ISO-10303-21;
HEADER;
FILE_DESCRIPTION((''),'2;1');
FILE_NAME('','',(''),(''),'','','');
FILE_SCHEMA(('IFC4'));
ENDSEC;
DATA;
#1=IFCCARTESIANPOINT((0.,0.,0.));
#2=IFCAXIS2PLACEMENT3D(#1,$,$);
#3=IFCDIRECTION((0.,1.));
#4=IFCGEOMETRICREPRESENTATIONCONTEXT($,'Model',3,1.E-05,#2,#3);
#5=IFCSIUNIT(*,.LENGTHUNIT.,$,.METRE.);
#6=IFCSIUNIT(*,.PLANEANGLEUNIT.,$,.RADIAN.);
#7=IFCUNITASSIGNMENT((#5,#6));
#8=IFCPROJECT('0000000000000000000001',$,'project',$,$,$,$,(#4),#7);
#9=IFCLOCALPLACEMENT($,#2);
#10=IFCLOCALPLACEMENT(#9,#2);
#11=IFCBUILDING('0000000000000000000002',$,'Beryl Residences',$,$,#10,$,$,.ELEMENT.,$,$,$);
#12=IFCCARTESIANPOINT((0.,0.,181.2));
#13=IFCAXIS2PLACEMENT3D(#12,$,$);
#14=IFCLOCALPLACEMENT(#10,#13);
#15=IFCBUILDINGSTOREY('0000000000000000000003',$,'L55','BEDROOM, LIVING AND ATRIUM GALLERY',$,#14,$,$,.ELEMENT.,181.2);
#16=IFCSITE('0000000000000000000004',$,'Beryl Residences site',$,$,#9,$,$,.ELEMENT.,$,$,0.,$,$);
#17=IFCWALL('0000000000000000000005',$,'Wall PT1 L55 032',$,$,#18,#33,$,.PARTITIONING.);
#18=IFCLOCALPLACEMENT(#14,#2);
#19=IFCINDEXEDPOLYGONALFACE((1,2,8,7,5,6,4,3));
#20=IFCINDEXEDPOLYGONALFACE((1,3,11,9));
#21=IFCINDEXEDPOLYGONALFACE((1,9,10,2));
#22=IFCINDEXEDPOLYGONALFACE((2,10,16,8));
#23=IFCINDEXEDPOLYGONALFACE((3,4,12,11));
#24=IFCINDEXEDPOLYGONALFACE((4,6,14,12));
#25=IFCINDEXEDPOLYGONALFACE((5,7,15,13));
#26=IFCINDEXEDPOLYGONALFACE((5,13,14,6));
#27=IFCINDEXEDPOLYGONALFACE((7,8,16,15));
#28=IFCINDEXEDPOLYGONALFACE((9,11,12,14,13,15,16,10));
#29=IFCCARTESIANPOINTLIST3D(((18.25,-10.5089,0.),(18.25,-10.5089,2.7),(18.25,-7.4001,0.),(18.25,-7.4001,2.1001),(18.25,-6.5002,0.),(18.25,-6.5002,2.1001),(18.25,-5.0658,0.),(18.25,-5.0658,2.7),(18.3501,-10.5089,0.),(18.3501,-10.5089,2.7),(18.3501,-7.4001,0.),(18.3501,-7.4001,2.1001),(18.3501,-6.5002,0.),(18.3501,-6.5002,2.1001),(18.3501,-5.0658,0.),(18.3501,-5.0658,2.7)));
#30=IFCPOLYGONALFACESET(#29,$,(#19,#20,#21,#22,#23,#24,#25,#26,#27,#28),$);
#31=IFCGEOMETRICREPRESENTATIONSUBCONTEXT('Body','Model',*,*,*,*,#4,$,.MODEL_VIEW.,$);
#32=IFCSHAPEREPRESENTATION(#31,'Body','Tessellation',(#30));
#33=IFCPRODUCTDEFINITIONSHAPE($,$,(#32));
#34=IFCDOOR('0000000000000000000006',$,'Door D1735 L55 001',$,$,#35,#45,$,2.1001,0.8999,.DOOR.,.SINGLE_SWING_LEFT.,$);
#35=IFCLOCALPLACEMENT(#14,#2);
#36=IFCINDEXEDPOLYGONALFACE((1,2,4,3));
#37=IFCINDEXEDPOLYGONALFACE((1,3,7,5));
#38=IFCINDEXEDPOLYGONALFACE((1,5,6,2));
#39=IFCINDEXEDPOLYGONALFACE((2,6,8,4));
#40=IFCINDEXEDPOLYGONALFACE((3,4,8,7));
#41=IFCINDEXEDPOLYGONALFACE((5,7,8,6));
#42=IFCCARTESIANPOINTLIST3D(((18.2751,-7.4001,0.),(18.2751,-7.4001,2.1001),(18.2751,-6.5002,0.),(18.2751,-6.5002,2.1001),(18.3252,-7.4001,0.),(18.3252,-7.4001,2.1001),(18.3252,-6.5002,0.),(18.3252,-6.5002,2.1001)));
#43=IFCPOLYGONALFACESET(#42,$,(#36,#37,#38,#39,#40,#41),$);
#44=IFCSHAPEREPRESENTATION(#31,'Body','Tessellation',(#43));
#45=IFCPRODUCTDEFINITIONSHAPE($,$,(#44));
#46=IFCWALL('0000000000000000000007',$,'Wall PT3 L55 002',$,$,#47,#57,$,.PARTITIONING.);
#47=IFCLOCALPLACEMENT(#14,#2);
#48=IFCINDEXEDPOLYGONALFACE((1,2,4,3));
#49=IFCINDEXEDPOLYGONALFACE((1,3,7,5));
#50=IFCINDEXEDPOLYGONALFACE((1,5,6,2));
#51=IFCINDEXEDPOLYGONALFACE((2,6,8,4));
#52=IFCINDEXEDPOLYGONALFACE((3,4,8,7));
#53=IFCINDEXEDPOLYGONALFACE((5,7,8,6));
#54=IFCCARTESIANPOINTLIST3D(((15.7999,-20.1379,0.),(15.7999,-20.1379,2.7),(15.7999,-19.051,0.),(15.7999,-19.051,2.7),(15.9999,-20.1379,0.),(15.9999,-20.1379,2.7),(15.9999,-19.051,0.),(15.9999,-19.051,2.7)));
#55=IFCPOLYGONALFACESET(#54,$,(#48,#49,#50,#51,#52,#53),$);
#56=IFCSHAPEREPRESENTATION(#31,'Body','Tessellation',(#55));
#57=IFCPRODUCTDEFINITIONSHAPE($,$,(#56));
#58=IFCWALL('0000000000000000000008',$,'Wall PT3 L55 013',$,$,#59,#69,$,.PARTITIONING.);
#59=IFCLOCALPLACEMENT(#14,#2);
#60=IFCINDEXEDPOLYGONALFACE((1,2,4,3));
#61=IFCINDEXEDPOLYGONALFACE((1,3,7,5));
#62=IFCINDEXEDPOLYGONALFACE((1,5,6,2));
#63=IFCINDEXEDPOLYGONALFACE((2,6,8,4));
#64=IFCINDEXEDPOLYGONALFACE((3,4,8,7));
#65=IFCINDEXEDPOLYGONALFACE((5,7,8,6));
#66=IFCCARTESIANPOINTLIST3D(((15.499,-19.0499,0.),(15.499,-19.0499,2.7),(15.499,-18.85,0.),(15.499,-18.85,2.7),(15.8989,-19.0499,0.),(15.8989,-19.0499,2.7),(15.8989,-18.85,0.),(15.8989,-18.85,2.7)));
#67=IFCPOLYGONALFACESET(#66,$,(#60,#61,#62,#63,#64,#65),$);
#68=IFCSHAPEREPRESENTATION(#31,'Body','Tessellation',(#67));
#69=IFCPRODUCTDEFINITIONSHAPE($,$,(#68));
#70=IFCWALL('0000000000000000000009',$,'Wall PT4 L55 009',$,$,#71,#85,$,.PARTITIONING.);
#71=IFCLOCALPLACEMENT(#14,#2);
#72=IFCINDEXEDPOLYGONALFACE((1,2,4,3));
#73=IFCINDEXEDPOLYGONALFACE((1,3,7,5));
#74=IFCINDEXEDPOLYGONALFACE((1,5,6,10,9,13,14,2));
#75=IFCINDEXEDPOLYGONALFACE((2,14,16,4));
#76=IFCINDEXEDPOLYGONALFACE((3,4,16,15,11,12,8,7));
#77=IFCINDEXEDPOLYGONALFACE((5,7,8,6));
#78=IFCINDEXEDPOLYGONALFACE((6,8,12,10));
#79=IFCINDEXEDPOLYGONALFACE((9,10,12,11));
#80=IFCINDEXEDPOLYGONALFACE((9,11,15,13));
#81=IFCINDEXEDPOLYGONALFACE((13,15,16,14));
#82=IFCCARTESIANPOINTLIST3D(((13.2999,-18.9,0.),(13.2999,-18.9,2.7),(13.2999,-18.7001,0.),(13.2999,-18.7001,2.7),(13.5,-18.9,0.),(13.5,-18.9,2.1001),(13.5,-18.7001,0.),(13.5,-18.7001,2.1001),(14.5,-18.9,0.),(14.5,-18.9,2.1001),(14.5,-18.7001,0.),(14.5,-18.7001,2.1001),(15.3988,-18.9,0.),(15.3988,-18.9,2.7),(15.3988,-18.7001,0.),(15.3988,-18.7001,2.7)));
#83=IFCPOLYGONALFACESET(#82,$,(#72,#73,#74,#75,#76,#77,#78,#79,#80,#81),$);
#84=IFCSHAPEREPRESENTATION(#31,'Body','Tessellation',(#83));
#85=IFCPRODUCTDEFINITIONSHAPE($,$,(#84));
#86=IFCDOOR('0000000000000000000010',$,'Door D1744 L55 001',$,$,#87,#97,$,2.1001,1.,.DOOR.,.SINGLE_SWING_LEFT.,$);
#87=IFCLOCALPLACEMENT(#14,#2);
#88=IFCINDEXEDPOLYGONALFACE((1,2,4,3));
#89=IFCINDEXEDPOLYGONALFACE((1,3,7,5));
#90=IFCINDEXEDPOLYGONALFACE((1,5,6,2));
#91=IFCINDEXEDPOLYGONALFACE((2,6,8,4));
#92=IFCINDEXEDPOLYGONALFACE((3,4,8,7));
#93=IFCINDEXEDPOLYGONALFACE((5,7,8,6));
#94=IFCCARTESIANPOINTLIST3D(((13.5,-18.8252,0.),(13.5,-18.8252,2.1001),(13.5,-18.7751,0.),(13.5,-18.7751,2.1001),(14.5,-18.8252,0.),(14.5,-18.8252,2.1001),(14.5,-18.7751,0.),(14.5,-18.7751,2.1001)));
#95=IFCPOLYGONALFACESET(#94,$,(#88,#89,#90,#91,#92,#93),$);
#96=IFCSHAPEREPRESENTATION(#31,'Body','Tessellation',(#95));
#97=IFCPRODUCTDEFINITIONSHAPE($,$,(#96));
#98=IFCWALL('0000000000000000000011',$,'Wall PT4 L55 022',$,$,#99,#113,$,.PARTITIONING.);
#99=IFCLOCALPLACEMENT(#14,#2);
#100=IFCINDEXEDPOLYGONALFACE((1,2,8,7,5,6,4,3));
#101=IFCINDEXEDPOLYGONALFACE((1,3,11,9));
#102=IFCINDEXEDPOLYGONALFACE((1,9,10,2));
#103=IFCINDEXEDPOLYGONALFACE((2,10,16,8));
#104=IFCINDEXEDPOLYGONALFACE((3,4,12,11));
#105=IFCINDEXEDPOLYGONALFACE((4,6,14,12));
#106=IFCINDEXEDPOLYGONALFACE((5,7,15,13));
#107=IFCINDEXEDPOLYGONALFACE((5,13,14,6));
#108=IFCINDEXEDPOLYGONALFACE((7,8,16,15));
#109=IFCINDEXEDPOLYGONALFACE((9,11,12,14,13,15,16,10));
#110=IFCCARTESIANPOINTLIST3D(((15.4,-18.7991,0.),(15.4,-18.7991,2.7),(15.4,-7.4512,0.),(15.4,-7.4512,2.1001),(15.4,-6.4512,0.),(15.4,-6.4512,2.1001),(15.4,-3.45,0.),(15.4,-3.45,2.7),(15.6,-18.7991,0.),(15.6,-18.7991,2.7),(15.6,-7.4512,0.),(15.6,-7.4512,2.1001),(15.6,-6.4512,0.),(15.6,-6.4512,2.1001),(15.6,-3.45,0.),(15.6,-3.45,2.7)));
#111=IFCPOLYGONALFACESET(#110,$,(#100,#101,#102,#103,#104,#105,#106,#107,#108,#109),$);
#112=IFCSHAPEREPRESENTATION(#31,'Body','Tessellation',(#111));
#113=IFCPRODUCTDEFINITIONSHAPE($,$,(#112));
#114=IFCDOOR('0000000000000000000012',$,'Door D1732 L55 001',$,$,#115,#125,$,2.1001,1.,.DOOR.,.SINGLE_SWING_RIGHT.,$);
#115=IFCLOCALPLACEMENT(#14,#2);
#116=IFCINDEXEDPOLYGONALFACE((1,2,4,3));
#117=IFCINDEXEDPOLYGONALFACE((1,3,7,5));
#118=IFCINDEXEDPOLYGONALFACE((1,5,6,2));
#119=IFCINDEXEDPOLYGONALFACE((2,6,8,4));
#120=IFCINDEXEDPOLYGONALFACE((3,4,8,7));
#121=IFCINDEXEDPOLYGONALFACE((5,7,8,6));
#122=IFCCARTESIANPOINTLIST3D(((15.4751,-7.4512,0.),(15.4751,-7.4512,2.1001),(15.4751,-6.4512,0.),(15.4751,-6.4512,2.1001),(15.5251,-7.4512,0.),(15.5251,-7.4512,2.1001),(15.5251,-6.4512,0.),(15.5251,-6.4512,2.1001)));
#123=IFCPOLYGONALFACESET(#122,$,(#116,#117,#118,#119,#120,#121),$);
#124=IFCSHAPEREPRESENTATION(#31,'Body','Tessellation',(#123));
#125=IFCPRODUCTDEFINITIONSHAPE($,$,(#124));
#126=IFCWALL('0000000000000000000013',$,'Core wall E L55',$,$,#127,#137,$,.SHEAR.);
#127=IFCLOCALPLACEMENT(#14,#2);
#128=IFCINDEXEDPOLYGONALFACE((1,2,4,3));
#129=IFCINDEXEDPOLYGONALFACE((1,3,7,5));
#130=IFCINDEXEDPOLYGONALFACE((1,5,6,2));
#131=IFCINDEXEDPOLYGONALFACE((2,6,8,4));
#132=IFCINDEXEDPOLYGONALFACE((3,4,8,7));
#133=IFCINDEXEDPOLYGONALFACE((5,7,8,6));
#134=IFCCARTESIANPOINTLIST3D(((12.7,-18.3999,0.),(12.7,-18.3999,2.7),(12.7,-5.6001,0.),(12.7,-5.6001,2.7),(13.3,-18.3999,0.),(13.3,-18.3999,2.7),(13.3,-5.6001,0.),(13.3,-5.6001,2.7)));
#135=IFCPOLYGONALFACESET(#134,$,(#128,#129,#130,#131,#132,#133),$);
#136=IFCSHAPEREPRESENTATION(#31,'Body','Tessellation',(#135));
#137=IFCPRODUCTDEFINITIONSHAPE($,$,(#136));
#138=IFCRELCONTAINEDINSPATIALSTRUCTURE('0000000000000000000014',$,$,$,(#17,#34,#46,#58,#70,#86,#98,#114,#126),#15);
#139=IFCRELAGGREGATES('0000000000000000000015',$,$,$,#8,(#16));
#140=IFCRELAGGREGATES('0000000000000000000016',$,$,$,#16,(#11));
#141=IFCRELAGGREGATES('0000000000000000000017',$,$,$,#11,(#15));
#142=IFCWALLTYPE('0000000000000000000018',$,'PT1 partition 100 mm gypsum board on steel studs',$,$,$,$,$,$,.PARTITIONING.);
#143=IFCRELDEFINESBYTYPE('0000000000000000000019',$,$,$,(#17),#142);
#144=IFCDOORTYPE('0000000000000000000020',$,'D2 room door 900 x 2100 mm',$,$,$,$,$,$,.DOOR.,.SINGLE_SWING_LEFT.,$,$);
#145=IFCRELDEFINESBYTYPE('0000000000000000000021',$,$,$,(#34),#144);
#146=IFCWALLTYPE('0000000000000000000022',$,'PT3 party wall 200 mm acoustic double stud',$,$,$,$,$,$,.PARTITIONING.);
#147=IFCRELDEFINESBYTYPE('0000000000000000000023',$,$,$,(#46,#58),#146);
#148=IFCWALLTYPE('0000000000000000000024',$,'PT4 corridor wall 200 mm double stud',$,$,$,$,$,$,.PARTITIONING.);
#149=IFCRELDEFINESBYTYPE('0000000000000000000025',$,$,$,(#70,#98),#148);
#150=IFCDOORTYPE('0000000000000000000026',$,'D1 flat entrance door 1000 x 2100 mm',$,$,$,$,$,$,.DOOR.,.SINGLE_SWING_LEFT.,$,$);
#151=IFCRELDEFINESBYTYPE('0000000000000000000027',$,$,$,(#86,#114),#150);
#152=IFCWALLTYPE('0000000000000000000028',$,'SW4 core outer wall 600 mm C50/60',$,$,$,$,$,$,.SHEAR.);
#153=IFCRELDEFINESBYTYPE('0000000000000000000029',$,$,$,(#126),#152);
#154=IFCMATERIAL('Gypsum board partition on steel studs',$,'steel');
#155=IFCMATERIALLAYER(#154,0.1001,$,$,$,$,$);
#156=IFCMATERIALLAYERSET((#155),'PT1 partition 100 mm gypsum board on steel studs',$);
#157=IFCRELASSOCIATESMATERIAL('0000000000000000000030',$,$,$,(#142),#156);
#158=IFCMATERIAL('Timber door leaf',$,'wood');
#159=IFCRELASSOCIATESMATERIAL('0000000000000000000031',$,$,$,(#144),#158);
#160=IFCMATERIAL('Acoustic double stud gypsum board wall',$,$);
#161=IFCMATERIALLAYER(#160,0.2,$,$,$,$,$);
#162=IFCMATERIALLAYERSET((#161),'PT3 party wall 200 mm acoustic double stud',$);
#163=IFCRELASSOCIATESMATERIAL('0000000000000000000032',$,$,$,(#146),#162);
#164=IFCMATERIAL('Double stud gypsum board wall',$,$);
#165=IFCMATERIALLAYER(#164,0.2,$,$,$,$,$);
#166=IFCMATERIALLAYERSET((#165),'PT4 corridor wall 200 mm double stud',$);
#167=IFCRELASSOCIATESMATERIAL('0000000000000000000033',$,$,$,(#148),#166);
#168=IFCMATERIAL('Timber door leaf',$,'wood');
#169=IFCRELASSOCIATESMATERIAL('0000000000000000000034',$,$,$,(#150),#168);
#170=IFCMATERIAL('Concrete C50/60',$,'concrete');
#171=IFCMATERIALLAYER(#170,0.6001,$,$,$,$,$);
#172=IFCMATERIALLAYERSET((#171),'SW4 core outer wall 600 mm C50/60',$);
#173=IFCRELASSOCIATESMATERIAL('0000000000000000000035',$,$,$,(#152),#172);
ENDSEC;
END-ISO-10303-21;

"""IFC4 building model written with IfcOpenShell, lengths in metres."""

from ifc_helpers import new_model, si_unit, direction, frame, frame_2d, origin, place, context, subcontext, project, spatial, rectangle, extrude, material, layer, layer_set, type_object, element, fill, save


model = new_model("IFC4")

# Units and contexts
model_context = context("Model", 3, precision=1e-05, world=origin(), true_north=direction((0.0, 1.0)))
body_context = subcontext(model_context, "Body", "Model", "MODEL_VIEW")
ifc_project = project(units=[si_unit("LENGTHUNIT", "METRE"), si_unit("PLANEANGLEUNIT", "RADIAN")], contexts=[model_context])

# Site, building, storey
site_placement = place(None, origin())
site = spatial("IfcSite", under=ifc_project, at=site_placement, Name="Beryl Residences site", CompositionType="ELEMENT", RefElevation=0.0)
building_placement = place(site_placement, origin())
building = spatial("IfcBuilding", under=site, at=building_placement, Name="Beryl Residences", CompositionType="ELEMENT")
storey_placement = place(building_placement, frame((0.0, 0.0, 181.2)))
storey = spatial("IfcBuildingStorey", under=building, at=storey_placement, Name="L55", Description="BEDROOM, LIVING AND ATRIUM GALLERY", CompositionType="ELEMENT", Elevation=181.2)

# Wall, opening, door
ifc_material_1 = material(Name="Gypsum board partition on steel studs", Category="steel")
ifc_layer_1 = layer(ifc_material_1, 0.1001)
ifc_layer_set_1 = layer_set([ifc_layer_1], Name="PT1 partition 100 mm gypsum board on steel studs")
wall_type_1 = type_object("IfcWallType", Name="PT1 partition 100 mm gypsum board on steel studs", PredefinedType="PARTITIONING", material=ifc_layer_set_1)
wall_1_placement = place(storey_placement, frame((18.3, -10.509, 0.0), z_axis=(0.0, 0.0, 1.0), x_axis=(0.0, 1.0, 0.0)))
wall_1 = element("IfcWall", 1, at=wall_1_placement, inside=storey, type_object=wall_type_1, Name="Wall PT1 L55 032", PredefinedType="PARTITIONING", context=body_context, shape_type="SweptSolid", body=[
    extrude(rectangle(XDim=5.4431, YDim=0.1001, at=frame_2d((2.7217, 0.0))), origin(), (0.0, 0.0, 1.0), 2.7),
])
opening_1_placement = place(wall_1_placement, frame((3.1089, 0.0, 0.0)))
opening_1 = element("IfcOpeningElement", 2, at=opening_1_placement, cuts=wall_1, PredefinedType="OPENING", context=body_context, shape_type="SweptSolid", body=[
    extrude(rectangle(XDim=0.8999, YDim=2.1001, at=frame_2d((0.45, 1.05))), frame((0.0, 0.0601, 0.0), z_axis=(0.0, -1.0, 0.0), x_axis=(1.0, 0.0, 0.0)), (0.0, 0.0, 1.0), 0.1201),
])
ifc_material_2 = material(Name="Timber door leaf", Category="wood")
door_type_1 = type_object("IfcDoorType", Name="D2 room door 900 x 2100 mm", OperationType="SINGLE_SWING_LEFT", PredefinedType="DOOR", material=ifc_material_2)
door_1_placement = place(opening_1_placement, origin())
door_1 = element("IfcDoor", 3, at=door_1_placement, inside=storey, type_object=door_type_1, Name="Door D1735 L55 001", OperationType="SINGLE_SWING_LEFT", OverallHeight=2.1001, OverallWidth=0.8999, PredefinedType="DOOR", context=body_context, shape_type="SweptSolid", body=[
    extrude(rectangle(XDim=0.8999, YDim=2.1001, at=frame_2d((0.45, 1.05))), frame((0.0, 0.0249, 0.0), z_axis=(0.0, -1.0, 0.0), x_axis=(1.0, 0.0, 0.0)), (0.0, 0.0, 1.0), 0.05),
])
fill(opening_1, door_1)

# Walls
ifc_material_3 = material(Name="Acoustic double stud gypsum board wall")
ifc_layer_2 = layer(ifc_material_3, 0.2)
ifc_layer_set_2 = layer_set([ifc_layer_2], Name="PT3 party wall 200 mm acoustic double stud")
wall_type_2 = type_object("IfcWallType", Name="PT3 party wall 200 mm acoustic double stud", PredefinedType="PARTITIONING", material=ifc_layer_set_2)
wall_2_placement = place(storey_placement, frame((15.8999, -19.051, 0.0), z_axis=(0.0, 0.0, 1.0), x_axis=(0.0, -1.0, 0.0)))
element("IfcWall", 4, at=wall_2_placement, inside=storey, type_object=wall_type_2, Name="Wall PT3 L55 002", PredefinedType="PARTITIONING", context=body_context, shape_type="SweptSolid", body=[
    extrude(rectangle(XDim=1.0869, YDim=0.2, at=frame_2d((0.5435, 0.0))), origin(), (0.0, 0.0, 1.0), 2.7),
])
wall_3_placement = place(storey_placement, frame((15.499, -18.95, 0.0), z_axis=(0.0, 0.0, 1.0), x_axis=(1.0, 0.0, 0.0)))
element("IfcWall", 5, at=wall_3_placement, inside=storey, type_object=wall_type_2, Name="Wall PT3 L55 013", PredefinedType="PARTITIONING", context=body_context, shape_type="SweptSolid", body=[
    extrude(rectangle(XDim=0.3999, YDim=0.2, at=frame_2d((0.2, 0.0))), origin(), (0.0, 0.0, 1.0), 2.7),
])

# Walls, openings, doors
ifc_material_4 = material(Name="Double stud gypsum board wall")
ifc_layer_3 = layer(ifc_material_4, 0.2)
ifc_layer_set_3 = layer_set([ifc_layer_3], Name="PT4 corridor wall 200 mm double stud")
wall_type_3 = type_object("IfcWallType", Name="PT4 corridor wall 200 mm double stud", PredefinedType="PARTITIONING", material=ifc_layer_set_3)
wall_4_placement = place(storey_placement, frame((13.3, -18.8, 0.0), z_axis=(0.0, 0.0, 1.0), x_axis=(1.0, 0.0, 0.0)))
wall_4 = element("IfcWall", 6, at=wall_4_placement, inside=storey, type_object=wall_type_3, Name="Wall PT4 L55 009", PredefinedType="PARTITIONING", context=body_context, shape_type="SweptSolid", body=[
    extrude(rectangle(XDim=2.0989, YDim=0.2, at=frame_2d((1.0493, 0.0))), origin(), (0.0, 0.0, 1.0), 2.7),
])
opening_2_placement = place(wall_4_placement, frame((0.2, 0.0, 0.0)))
opening_2 = element("IfcOpeningElement", 7, at=opening_2_placement, cuts=wall_4, PredefinedType="OPENING", context=body_context, shape_type="SweptSolid", body=[
    extrude(rectangle(XDim=1.0, YDim=2.1001, at=frame_2d((0.5, 1.05))), frame((0.0, 0.1099, 0.0), z_axis=(0.0, -1.0, 0.0), x_axis=(1.0, 0.0, 0.0)), (0.0, 0.0, 1.0), 0.22),
])
ifc_material_5 = material(Name="Timber door leaf", Category="wood")
door_type_2 = type_object("IfcDoorType", Name="D1 flat entrance door 1000 x 2100 mm", OperationType="SINGLE_SWING_LEFT", PredefinedType="DOOR", material=ifc_material_5)
door_2_placement = place(opening_2_placement, origin())
door_2 = element("IfcDoor", 8, at=door_2_placement, inside=storey, type_object=door_type_2, Name="Door D1744 L55 001", OperationType="SINGLE_SWING_LEFT", OverallHeight=2.1001, OverallWidth=1.0, PredefinedType="DOOR", context=body_context, shape_type="SweptSolid", body=[
    extrude(rectangle(XDim=1.0, YDim=2.1001, at=frame_2d((0.5, 1.05))), frame((0.0, 0.0249, 0.0), z_axis=(0.0, -1.0, 0.0), x_axis=(1.0, 0.0, 0.0)), (0.0, 0.0, 1.0), 0.05),
])
fill(opening_2, door_2)
wall_5_placement = place(storey_placement, frame((15.5, -18.7991, 0.0), z_axis=(0.0, 0.0, 1.0), x_axis=(0.0, 1.0, 0.0)))
wall_5 = element("IfcWall", 9, at=wall_5_placement, inside=storey, type_object=wall_type_3, Name="Wall PT4 L55 022", PredefinedType="PARTITIONING", context=body_context, shape_type="SweptSolid", body=[
    extrude(rectangle(XDim=15.3491, YDim=0.2, at=frame_2d((7.6746, 0.0))), origin(), (0.0, 0.0, 1.0), 2.7),
])
opening_3_placement = place(wall_5_placement, frame((11.3479, 0.0, 0.0)))
opening_3 = element("IfcOpeningElement", 10, at=opening_3_placement, cuts=wall_5, PredefinedType="OPENING", context=body_context, shape_type="SweptSolid", body=[
    extrude(rectangle(XDim=1.0, YDim=2.1001, at=frame_2d((0.5, 1.05))), frame((0.0, 0.1099, 0.0), z_axis=(0.0, -1.0, 0.0), x_axis=(1.0, 0.0, 0.0)), (0.0, 0.0, 1.0), 0.22),
])
door_3_placement = place(opening_3_placement, origin())
door_3 = element("IfcDoor", 11, at=door_3_placement, inside=storey, type_object=door_type_2, Name="Door D1732 L55 001", OperationType="SINGLE_SWING_RIGHT", OverallHeight=2.1001, OverallWidth=1.0, PredefinedType="DOOR", context=body_context, shape_type="SweptSolid", body=[
    extrude(rectangle(XDim=1.0, YDim=2.1001, at=frame_2d((0.5, 1.05))), frame((0.0, 0.0249, 0.0), z_axis=(0.0, -1.0, 0.0), x_axis=(1.0, 0.0, 0.0)), (0.0, 0.0, 1.0), 0.05),
])
fill(opening_3, door_3)

# Wall
ifc_material_6 = material(Name="Concrete C50/60", Category="concrete")
ifc_layer_4 = layer(ifc_material_6, 0.6001)
ifc_layer_set_4 = layer_set([ifc_layer_4], Name="SW4 core outer wall 600 mm C50/60")
wall_type_4 = type_object("IfcWallType", Name="SW4 core outer wall 600 mm C50/60", PredefinedType="SHEAR", material=ifc_layer_set_4)
wall_6_placement = place(storey_placement, frame((13.0, -18.3999, 0.0), z_axis=(0.0, 0.0, 1.0), x_axis=(0.0, 1.0, 0.0)))
element("IfcWall", 12, at=wall_6_placement, inside=storey, type_object=wall_type_4, Name="Core wall E L55", PredefinedType="SHEAR", context=body_context, shape_type="SweptSolid", body=[
    extrude(rectangle(XDim=12.7998, YDim=0.6001, at=frame_2d((6.3999, 0.0))), origin(), (0.0, 0.0, 1.0), 2.7),
])

save(model, "model.ifc")
